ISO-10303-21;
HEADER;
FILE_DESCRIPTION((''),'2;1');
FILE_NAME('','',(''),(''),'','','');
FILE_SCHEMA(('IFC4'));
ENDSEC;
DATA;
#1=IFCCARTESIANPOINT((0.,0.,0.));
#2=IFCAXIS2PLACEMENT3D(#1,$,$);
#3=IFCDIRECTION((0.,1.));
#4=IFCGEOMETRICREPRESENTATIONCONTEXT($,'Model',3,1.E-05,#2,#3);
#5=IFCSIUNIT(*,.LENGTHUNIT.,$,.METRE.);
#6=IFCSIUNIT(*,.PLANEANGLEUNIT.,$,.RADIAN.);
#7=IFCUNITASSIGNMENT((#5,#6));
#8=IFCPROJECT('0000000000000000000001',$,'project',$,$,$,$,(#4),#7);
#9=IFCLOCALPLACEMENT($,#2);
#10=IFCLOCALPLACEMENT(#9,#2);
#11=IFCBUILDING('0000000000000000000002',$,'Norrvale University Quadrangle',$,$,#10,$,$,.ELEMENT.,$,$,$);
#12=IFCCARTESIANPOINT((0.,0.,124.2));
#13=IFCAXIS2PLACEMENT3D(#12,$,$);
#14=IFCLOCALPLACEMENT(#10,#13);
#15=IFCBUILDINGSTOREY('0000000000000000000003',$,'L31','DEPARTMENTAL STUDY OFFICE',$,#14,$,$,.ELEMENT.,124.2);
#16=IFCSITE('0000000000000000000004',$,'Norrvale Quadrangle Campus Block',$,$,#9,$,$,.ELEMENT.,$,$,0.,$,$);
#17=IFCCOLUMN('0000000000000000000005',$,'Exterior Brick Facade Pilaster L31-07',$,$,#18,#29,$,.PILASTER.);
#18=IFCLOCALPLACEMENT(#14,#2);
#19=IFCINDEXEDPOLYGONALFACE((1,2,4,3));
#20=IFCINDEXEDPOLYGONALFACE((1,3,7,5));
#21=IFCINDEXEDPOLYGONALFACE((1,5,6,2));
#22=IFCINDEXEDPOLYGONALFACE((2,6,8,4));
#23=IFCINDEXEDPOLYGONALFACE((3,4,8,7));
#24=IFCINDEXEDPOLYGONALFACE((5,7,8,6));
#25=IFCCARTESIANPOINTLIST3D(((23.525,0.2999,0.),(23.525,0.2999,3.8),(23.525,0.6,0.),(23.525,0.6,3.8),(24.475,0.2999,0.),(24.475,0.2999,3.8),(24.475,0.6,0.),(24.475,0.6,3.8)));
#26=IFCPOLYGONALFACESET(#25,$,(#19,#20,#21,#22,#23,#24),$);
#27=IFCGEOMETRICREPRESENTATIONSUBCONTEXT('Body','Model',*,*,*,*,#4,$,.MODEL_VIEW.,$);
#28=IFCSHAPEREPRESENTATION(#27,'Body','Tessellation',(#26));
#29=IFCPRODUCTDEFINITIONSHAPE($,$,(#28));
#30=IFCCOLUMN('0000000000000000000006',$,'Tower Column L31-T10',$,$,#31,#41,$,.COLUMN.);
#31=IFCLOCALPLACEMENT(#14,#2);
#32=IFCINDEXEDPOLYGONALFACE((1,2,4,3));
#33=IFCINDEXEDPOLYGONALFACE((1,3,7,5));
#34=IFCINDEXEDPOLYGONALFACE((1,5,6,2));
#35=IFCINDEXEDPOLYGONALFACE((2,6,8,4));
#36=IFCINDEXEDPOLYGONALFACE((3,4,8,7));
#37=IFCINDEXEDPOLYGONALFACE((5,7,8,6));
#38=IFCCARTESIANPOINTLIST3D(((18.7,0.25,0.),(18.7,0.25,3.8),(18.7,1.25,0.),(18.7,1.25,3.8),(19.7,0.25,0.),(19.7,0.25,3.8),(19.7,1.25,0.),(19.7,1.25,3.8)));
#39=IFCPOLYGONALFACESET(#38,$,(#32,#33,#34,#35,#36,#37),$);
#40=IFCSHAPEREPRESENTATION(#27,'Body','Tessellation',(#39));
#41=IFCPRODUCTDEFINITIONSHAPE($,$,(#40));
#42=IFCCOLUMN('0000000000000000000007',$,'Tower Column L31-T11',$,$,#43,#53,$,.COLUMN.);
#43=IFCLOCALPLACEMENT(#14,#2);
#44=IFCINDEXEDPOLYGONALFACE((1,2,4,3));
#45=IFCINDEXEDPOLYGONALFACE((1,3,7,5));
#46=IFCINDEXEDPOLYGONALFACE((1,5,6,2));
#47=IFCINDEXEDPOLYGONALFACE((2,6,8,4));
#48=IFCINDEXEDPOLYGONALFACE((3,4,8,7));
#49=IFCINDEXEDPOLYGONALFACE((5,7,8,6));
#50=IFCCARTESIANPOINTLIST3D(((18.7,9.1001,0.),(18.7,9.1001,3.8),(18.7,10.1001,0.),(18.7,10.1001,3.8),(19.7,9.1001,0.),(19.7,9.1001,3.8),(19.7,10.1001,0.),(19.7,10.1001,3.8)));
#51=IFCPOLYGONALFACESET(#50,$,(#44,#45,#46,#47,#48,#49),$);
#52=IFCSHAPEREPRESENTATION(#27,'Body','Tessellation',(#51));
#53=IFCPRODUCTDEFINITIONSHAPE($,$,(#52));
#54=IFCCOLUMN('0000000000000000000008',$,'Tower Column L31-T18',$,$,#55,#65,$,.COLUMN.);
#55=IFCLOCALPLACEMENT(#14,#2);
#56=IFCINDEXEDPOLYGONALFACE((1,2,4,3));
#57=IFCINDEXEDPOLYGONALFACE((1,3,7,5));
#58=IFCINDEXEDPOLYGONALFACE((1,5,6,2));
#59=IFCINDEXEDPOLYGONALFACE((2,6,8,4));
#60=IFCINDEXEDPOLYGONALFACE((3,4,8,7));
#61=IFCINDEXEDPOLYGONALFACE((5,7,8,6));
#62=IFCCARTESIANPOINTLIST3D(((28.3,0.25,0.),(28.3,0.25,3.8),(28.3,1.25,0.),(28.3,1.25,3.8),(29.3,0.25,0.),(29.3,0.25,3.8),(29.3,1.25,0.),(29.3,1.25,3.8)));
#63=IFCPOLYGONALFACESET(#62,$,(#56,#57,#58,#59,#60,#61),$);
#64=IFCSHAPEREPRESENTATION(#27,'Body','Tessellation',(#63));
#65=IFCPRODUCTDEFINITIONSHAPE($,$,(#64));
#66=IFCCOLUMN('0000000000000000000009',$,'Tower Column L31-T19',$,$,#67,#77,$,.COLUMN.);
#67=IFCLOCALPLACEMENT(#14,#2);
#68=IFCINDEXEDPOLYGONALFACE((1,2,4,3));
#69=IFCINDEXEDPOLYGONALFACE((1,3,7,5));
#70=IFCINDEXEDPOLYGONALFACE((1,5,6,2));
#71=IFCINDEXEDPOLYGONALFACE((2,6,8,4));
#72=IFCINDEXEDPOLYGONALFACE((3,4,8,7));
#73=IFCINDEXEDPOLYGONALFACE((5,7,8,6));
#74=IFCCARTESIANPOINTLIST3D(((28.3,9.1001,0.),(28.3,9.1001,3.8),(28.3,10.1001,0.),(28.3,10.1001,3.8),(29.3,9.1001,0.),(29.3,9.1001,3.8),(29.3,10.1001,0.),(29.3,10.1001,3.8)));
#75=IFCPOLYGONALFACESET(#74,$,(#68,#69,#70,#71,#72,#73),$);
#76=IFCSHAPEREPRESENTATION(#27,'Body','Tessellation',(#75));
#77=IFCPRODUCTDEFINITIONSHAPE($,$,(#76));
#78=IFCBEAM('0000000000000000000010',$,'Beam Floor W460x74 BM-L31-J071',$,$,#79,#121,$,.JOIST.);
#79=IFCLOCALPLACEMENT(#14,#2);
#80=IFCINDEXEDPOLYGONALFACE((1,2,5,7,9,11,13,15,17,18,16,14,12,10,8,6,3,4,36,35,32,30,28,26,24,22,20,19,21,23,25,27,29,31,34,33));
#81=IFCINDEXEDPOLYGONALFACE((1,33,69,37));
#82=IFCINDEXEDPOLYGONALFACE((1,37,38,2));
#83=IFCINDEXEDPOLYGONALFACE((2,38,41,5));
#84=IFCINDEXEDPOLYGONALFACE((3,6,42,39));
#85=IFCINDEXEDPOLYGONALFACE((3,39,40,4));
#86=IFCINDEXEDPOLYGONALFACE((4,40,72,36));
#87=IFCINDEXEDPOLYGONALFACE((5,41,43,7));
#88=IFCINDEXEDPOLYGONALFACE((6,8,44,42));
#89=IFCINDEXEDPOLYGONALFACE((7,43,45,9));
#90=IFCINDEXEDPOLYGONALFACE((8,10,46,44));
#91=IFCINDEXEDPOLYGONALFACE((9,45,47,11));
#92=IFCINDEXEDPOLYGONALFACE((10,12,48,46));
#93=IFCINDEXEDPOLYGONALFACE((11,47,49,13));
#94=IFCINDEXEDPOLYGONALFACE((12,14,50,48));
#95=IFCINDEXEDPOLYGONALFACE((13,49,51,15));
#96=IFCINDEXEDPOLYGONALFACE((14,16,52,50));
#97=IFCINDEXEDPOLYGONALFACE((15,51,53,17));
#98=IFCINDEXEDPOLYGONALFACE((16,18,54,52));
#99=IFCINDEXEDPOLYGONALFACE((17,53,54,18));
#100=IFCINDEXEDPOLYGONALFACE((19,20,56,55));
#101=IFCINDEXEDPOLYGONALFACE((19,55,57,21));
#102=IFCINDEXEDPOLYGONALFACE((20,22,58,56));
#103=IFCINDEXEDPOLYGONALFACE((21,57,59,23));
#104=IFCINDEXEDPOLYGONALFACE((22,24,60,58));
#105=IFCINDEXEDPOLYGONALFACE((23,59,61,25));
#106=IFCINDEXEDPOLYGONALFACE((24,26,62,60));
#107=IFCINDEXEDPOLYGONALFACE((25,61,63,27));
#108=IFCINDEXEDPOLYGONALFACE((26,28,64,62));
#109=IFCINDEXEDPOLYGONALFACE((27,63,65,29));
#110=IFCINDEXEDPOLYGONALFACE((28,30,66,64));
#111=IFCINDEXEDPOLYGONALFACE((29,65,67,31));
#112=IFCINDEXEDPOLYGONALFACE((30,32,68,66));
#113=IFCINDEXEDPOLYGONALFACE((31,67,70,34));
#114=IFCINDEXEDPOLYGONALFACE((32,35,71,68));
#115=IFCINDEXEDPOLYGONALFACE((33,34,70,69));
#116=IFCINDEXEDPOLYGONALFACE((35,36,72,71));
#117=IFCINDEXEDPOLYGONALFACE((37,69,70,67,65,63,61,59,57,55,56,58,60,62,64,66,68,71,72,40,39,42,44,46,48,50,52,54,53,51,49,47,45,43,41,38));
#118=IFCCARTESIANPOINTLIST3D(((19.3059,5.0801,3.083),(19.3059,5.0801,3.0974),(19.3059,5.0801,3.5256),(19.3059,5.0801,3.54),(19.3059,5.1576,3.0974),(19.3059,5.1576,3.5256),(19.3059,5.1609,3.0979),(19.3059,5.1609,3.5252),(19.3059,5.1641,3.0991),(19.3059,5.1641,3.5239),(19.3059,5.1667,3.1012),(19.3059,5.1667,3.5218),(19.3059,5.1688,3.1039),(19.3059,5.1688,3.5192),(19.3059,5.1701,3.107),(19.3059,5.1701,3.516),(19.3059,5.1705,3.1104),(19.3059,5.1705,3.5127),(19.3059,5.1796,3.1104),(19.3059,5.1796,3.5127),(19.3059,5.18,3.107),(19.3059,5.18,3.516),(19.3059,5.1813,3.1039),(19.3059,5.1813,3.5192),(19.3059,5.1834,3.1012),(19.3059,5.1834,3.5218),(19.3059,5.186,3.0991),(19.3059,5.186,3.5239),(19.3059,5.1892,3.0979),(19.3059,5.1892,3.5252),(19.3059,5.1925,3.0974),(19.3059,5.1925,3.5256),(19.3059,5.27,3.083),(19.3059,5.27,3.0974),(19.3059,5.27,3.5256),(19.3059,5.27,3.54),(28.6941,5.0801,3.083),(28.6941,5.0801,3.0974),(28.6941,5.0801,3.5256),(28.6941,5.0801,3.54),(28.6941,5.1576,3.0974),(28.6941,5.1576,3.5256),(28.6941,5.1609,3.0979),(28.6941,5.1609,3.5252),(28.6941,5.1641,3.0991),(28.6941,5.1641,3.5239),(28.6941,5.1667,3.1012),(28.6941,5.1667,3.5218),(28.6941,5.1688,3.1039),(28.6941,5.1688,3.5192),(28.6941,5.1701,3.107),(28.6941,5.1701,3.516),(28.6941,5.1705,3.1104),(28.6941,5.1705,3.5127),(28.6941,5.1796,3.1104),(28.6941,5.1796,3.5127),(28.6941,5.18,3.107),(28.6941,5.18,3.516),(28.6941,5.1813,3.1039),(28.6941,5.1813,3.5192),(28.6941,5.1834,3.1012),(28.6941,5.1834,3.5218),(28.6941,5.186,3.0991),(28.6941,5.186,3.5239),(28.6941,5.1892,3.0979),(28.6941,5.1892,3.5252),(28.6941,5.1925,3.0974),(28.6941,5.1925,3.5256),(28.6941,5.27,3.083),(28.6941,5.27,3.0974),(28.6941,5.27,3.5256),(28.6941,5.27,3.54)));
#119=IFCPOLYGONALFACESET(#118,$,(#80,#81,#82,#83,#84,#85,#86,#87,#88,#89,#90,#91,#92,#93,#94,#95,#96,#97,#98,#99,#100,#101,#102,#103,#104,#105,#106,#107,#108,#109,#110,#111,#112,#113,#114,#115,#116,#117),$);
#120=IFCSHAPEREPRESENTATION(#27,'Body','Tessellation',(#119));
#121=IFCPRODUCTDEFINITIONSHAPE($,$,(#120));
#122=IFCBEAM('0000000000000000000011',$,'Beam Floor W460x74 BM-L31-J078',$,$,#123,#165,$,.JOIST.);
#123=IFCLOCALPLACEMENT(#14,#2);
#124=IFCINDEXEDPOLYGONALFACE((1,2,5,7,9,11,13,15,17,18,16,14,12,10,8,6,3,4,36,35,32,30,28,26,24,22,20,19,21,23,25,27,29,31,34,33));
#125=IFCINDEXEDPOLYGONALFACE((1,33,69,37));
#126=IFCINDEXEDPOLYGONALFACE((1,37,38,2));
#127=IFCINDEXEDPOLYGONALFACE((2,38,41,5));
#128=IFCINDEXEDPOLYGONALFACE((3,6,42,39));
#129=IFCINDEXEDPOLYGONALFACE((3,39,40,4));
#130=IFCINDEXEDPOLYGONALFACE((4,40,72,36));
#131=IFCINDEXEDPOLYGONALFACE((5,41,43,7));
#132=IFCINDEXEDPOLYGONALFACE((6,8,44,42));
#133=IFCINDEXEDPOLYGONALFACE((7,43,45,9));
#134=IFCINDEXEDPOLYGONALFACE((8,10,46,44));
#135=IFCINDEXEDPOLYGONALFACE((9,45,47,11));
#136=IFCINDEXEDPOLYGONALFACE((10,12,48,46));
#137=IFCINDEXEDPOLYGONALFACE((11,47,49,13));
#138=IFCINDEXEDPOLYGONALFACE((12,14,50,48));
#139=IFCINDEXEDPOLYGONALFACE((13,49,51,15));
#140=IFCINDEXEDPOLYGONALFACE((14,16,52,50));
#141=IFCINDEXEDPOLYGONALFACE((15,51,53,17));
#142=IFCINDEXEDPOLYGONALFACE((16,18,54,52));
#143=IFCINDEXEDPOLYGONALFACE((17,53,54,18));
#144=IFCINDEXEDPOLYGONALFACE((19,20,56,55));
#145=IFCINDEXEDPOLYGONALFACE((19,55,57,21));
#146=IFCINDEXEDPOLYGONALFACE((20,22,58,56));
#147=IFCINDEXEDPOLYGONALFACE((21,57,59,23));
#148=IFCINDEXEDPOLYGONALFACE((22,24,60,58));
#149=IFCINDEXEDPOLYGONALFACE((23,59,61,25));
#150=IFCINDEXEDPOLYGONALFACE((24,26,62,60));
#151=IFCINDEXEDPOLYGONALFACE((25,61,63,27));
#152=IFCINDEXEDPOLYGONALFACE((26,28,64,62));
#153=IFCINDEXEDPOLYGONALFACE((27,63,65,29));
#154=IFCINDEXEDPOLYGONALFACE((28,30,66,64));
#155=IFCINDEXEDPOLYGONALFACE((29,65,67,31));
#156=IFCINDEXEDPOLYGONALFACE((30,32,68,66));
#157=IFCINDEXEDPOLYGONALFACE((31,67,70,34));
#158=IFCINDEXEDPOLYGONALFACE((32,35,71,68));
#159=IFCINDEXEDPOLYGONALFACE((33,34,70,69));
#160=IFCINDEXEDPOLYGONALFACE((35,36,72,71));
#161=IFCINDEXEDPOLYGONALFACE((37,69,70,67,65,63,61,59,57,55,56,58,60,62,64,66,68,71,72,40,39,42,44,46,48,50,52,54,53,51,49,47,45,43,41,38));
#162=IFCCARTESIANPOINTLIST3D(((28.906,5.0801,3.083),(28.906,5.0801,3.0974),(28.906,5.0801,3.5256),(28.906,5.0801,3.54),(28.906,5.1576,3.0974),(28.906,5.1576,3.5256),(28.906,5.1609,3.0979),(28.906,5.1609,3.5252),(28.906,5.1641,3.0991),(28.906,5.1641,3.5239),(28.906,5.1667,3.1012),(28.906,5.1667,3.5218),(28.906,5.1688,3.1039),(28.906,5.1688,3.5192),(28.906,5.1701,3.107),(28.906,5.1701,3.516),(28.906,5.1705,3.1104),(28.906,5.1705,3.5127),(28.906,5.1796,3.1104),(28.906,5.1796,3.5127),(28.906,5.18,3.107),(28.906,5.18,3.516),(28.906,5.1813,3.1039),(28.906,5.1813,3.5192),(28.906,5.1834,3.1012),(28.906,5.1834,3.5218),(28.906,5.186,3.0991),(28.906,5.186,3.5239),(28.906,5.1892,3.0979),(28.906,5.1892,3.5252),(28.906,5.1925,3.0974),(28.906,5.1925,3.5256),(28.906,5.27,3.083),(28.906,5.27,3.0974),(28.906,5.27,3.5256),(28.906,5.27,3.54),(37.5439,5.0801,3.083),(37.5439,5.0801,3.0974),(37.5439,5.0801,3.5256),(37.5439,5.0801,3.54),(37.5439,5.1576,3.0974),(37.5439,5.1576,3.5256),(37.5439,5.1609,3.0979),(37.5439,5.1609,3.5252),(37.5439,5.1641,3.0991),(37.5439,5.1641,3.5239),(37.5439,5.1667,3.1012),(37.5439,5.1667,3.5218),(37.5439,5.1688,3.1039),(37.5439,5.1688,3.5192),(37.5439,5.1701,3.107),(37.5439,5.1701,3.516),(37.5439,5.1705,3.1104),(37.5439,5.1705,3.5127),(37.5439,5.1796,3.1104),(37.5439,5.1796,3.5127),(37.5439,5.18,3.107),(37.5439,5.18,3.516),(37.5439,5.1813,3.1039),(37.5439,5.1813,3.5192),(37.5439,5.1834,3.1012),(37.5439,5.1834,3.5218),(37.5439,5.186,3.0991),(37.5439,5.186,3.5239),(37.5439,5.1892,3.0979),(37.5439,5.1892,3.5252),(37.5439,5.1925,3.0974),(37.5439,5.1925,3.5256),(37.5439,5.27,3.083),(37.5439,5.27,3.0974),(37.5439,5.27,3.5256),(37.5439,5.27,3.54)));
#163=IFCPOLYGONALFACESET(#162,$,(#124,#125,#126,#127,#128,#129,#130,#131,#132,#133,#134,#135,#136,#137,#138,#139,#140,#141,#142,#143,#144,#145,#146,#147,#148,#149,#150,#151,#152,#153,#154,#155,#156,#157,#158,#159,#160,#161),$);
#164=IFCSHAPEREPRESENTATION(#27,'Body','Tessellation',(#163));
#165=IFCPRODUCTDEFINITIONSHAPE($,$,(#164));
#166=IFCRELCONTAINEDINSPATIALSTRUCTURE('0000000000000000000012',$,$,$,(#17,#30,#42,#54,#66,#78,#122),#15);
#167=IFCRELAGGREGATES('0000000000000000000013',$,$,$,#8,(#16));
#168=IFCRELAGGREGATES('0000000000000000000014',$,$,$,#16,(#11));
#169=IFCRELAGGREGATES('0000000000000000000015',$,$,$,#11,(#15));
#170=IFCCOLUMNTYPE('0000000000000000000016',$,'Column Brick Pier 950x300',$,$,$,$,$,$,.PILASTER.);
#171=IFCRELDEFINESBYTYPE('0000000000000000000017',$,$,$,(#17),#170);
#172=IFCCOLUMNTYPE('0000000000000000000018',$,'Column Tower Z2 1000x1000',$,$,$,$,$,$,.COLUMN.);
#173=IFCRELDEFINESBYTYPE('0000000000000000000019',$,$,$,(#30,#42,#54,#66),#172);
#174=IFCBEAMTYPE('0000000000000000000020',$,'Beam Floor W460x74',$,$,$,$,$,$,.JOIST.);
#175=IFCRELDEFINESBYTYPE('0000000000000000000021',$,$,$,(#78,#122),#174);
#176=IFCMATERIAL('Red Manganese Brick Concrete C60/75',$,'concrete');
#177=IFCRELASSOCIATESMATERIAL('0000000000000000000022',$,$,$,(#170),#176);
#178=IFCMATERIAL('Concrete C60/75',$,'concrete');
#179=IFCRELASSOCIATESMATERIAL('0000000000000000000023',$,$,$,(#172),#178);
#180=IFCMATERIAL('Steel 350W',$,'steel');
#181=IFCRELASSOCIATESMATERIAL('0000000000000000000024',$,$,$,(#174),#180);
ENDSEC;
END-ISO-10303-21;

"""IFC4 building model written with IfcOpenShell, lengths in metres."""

from ifc_helpers import new_model, si_unit, direction, frame, origin, origin_2d, place, context, subcontext, project, spatial, rectangle, i_section, extrude, material, material_profile, profile_set, type_object, element, save


model = new_model("IFC4")

# Units and contexts
model_context = context("Model", 3, precision=1e-05, world=origin(), true_north=direction((0.0, 1.0)))
body_context = subcontext(model_context, "Body", "Model", "MODEL_VIEW")
ifc_project = project(units=[si_unit("LENGTHUNIT", "METRE"), si_unit("PLANEANGLEUNIT", "RADIAN")], contexts=[model_context])

# Site, building, storey
site_placement = place(None, origin())
site = spatial("IfcSite", under=ifc_project, at=site_placement, Name="Norrvale Quadrangle Campus Block", CompositionType="ELEMENT", RefElevation=0.0)
building_placement = place(site_placement, origin())
building = spatial("IfcBuilding", under=site, at=building_placement, Name="Norrvale University Quadrangle", CompositionType="ELEMENT")
storey_placement = place(building_placement, frame((0.0, 0.0, 124.2)))
storey = spatial("IfcBuildingStorey", under=building, at=storey_placement, Name="L31", Description="DEPARTMENTAL STUDY OFFICE", CompositionType="ELEMENT", Elevation=124.2)

# Columns
ifc_material_1 = material(Name="Red Manganese Brick Concrete C60/75", Category="concrete")
ifc_material_profile_1 = material_profile(ifc_material_1, rectangle(XDim=0.95, YDim=0.3, at=origin_2d()), Name="Red Manganese Brick Concrete C60/75")
ifc_profile_set_1 = profile_set([ifc_material_profile_1], Name="Red Manganese Brick Concrete C60/75")
column_type_1 = type_object("IfcColumnType", Name="Column Brick Pier 950x300", PredefinedType="PILASTER", material=ifc_profile_set_1)
column_placement = place(storey_placement, frame((24.0, 0.45, 0.0), z_axis=(0.0, 0.0, 1.0), x_axis=(1.0, 0.0, 0.0)))
element("IfcColumn", 1, at=column_placement, inside=storey, type_object=column_type_1, Name="Exterior Brick Facade Pilaster L31-07", PredefinedType="PILASTER", context=body_context, shape_type="SweptSolid", body=[
    extrude(rectangle(XDim=0.95, YDim=0.3, at=origin_2d()), origin(), (0.0, 0.0, 1.0), 3.8),
])
ifc_material_2 = material(Name="Concrete C60/75", Category="concrete")
ifc_material_profile_2 = material_profile(ifc_material_2, rectangle(XDim=1.0, YDim=1.0, at=origin_2d()), Name="Concrete C60/75")
ifc_profile_set_2 = profile_set([ifc_material_profile_2], Name="Concrete C60/75")
column_type_2 = type_object("IfcColumnType", Name="Column Tower Z2 1000x1000", PredefinedType="COLUMN", material=ifc_profile_set_2)
for number, where, z_axis, x_axis, name in (
    (2, (19.2, 0.75, 0.0), (0.0, 0.0, 1.0), (1.0, 0.0, 0.0), "Tower Column L31-T10"),
    (3, (19.2, 9.6001, 0.0), (0.0, 0.0, 1.0), (1.0, 0.0, 0.0), "Tower Column L31-T11"),
    (4, (28.8, 0.75, 0.0), (0.0, 0.0, 1.0), (1.0, 0.0, 0.0), "Tower Column L31-T18"),
    (5, (28.8, 9.6001, 0.0), (0.0, 0.0, 1.0), (1.0, 0.0, 0.0), "Tower Column L31-T19"),
):
    element("IfcColumn", number, at=place(storey_placement, frame(where, z_axis=z_axis, x_axis=x_axis)), inside=storey, type_object=column_type_2, Name=name, PredefinedType="COLUMN", context=body_context, shape_type="SweptSolid", body=[
        extrude(rectangle(XDim=1.0, YDim=1.0, at=origin_2d()), origin(), (0.0, 0.0, 1.0), 3.8),
    ])

# Beams
ifc_material_3 = material(Name="Steel 350W", Category="steel")
ifc_material_profile_3 = material_profile(ifc_material_3, i_section(OverallWidth=0.1899, OverallDepth=0.457, WebThickness=0.009, FlangeThickness=0.0144, FilletRadius=0.0129, at=origin_2d()), Name="Steel 350W")
ifc_profile_set_3 = profile_set([ifc_material_profile_3], Name="Steel 350W")
beam_type_1 = type_object("IfcBeamType", Name="Beam Floor W460x74", PredefinedType="JOIST", material=ifc_profile_set_3)
beam_1_placement = place(storey_placement, frame((19.3059, 5.175, 3.3115), z_axis=(1.0, 0.0, 0.0), x_axis=(0.0, 1.0, 0.0)))
element("IfcBeam", 6, at=beam_1_placement, inside=storey, type_object=beam_type_1, Name="Beam Floor W460x74 BM-L31-J071", PredefinedType="JOIST", context=body_context, shape_type="SweptSolid", body=[
    extrude(i_section(OverallWidth=0.1899, OverallDepth=0.457, WebThickness=0.009, FlangeThickness=0.0144, FilletRadius=0.0129, at=origin_2d()), origin(), (0.0, 0.0, 1.0), 9.3882),
])
beam_2_placement = place(storey_placement, frame((28.906, 5.175, 3.3115), z_axis=(1.0, 0.0, 0.0), x_axis=(0.0, 1.0, 0.0)))
element("IfcBeam", 7, at=beam_2_placement, inside=storey, type_object=beam_type_1, Name="Beam Floor W460x74 BM-L31-J078", PredefinedType="JOIST", context=body_context, shape_type="SweptSolid", body=[
    extrude(i_section(OverallWidth=0.1899, OverallDepth=0.457, WebThickness=0.009, FlangeThickness=0.0144, FilletRadius=0.0129, at=origin_2d()), origin(), (0.0, 0.0, 1.0), 8.6379),
])

save(model, "model.ifc")
